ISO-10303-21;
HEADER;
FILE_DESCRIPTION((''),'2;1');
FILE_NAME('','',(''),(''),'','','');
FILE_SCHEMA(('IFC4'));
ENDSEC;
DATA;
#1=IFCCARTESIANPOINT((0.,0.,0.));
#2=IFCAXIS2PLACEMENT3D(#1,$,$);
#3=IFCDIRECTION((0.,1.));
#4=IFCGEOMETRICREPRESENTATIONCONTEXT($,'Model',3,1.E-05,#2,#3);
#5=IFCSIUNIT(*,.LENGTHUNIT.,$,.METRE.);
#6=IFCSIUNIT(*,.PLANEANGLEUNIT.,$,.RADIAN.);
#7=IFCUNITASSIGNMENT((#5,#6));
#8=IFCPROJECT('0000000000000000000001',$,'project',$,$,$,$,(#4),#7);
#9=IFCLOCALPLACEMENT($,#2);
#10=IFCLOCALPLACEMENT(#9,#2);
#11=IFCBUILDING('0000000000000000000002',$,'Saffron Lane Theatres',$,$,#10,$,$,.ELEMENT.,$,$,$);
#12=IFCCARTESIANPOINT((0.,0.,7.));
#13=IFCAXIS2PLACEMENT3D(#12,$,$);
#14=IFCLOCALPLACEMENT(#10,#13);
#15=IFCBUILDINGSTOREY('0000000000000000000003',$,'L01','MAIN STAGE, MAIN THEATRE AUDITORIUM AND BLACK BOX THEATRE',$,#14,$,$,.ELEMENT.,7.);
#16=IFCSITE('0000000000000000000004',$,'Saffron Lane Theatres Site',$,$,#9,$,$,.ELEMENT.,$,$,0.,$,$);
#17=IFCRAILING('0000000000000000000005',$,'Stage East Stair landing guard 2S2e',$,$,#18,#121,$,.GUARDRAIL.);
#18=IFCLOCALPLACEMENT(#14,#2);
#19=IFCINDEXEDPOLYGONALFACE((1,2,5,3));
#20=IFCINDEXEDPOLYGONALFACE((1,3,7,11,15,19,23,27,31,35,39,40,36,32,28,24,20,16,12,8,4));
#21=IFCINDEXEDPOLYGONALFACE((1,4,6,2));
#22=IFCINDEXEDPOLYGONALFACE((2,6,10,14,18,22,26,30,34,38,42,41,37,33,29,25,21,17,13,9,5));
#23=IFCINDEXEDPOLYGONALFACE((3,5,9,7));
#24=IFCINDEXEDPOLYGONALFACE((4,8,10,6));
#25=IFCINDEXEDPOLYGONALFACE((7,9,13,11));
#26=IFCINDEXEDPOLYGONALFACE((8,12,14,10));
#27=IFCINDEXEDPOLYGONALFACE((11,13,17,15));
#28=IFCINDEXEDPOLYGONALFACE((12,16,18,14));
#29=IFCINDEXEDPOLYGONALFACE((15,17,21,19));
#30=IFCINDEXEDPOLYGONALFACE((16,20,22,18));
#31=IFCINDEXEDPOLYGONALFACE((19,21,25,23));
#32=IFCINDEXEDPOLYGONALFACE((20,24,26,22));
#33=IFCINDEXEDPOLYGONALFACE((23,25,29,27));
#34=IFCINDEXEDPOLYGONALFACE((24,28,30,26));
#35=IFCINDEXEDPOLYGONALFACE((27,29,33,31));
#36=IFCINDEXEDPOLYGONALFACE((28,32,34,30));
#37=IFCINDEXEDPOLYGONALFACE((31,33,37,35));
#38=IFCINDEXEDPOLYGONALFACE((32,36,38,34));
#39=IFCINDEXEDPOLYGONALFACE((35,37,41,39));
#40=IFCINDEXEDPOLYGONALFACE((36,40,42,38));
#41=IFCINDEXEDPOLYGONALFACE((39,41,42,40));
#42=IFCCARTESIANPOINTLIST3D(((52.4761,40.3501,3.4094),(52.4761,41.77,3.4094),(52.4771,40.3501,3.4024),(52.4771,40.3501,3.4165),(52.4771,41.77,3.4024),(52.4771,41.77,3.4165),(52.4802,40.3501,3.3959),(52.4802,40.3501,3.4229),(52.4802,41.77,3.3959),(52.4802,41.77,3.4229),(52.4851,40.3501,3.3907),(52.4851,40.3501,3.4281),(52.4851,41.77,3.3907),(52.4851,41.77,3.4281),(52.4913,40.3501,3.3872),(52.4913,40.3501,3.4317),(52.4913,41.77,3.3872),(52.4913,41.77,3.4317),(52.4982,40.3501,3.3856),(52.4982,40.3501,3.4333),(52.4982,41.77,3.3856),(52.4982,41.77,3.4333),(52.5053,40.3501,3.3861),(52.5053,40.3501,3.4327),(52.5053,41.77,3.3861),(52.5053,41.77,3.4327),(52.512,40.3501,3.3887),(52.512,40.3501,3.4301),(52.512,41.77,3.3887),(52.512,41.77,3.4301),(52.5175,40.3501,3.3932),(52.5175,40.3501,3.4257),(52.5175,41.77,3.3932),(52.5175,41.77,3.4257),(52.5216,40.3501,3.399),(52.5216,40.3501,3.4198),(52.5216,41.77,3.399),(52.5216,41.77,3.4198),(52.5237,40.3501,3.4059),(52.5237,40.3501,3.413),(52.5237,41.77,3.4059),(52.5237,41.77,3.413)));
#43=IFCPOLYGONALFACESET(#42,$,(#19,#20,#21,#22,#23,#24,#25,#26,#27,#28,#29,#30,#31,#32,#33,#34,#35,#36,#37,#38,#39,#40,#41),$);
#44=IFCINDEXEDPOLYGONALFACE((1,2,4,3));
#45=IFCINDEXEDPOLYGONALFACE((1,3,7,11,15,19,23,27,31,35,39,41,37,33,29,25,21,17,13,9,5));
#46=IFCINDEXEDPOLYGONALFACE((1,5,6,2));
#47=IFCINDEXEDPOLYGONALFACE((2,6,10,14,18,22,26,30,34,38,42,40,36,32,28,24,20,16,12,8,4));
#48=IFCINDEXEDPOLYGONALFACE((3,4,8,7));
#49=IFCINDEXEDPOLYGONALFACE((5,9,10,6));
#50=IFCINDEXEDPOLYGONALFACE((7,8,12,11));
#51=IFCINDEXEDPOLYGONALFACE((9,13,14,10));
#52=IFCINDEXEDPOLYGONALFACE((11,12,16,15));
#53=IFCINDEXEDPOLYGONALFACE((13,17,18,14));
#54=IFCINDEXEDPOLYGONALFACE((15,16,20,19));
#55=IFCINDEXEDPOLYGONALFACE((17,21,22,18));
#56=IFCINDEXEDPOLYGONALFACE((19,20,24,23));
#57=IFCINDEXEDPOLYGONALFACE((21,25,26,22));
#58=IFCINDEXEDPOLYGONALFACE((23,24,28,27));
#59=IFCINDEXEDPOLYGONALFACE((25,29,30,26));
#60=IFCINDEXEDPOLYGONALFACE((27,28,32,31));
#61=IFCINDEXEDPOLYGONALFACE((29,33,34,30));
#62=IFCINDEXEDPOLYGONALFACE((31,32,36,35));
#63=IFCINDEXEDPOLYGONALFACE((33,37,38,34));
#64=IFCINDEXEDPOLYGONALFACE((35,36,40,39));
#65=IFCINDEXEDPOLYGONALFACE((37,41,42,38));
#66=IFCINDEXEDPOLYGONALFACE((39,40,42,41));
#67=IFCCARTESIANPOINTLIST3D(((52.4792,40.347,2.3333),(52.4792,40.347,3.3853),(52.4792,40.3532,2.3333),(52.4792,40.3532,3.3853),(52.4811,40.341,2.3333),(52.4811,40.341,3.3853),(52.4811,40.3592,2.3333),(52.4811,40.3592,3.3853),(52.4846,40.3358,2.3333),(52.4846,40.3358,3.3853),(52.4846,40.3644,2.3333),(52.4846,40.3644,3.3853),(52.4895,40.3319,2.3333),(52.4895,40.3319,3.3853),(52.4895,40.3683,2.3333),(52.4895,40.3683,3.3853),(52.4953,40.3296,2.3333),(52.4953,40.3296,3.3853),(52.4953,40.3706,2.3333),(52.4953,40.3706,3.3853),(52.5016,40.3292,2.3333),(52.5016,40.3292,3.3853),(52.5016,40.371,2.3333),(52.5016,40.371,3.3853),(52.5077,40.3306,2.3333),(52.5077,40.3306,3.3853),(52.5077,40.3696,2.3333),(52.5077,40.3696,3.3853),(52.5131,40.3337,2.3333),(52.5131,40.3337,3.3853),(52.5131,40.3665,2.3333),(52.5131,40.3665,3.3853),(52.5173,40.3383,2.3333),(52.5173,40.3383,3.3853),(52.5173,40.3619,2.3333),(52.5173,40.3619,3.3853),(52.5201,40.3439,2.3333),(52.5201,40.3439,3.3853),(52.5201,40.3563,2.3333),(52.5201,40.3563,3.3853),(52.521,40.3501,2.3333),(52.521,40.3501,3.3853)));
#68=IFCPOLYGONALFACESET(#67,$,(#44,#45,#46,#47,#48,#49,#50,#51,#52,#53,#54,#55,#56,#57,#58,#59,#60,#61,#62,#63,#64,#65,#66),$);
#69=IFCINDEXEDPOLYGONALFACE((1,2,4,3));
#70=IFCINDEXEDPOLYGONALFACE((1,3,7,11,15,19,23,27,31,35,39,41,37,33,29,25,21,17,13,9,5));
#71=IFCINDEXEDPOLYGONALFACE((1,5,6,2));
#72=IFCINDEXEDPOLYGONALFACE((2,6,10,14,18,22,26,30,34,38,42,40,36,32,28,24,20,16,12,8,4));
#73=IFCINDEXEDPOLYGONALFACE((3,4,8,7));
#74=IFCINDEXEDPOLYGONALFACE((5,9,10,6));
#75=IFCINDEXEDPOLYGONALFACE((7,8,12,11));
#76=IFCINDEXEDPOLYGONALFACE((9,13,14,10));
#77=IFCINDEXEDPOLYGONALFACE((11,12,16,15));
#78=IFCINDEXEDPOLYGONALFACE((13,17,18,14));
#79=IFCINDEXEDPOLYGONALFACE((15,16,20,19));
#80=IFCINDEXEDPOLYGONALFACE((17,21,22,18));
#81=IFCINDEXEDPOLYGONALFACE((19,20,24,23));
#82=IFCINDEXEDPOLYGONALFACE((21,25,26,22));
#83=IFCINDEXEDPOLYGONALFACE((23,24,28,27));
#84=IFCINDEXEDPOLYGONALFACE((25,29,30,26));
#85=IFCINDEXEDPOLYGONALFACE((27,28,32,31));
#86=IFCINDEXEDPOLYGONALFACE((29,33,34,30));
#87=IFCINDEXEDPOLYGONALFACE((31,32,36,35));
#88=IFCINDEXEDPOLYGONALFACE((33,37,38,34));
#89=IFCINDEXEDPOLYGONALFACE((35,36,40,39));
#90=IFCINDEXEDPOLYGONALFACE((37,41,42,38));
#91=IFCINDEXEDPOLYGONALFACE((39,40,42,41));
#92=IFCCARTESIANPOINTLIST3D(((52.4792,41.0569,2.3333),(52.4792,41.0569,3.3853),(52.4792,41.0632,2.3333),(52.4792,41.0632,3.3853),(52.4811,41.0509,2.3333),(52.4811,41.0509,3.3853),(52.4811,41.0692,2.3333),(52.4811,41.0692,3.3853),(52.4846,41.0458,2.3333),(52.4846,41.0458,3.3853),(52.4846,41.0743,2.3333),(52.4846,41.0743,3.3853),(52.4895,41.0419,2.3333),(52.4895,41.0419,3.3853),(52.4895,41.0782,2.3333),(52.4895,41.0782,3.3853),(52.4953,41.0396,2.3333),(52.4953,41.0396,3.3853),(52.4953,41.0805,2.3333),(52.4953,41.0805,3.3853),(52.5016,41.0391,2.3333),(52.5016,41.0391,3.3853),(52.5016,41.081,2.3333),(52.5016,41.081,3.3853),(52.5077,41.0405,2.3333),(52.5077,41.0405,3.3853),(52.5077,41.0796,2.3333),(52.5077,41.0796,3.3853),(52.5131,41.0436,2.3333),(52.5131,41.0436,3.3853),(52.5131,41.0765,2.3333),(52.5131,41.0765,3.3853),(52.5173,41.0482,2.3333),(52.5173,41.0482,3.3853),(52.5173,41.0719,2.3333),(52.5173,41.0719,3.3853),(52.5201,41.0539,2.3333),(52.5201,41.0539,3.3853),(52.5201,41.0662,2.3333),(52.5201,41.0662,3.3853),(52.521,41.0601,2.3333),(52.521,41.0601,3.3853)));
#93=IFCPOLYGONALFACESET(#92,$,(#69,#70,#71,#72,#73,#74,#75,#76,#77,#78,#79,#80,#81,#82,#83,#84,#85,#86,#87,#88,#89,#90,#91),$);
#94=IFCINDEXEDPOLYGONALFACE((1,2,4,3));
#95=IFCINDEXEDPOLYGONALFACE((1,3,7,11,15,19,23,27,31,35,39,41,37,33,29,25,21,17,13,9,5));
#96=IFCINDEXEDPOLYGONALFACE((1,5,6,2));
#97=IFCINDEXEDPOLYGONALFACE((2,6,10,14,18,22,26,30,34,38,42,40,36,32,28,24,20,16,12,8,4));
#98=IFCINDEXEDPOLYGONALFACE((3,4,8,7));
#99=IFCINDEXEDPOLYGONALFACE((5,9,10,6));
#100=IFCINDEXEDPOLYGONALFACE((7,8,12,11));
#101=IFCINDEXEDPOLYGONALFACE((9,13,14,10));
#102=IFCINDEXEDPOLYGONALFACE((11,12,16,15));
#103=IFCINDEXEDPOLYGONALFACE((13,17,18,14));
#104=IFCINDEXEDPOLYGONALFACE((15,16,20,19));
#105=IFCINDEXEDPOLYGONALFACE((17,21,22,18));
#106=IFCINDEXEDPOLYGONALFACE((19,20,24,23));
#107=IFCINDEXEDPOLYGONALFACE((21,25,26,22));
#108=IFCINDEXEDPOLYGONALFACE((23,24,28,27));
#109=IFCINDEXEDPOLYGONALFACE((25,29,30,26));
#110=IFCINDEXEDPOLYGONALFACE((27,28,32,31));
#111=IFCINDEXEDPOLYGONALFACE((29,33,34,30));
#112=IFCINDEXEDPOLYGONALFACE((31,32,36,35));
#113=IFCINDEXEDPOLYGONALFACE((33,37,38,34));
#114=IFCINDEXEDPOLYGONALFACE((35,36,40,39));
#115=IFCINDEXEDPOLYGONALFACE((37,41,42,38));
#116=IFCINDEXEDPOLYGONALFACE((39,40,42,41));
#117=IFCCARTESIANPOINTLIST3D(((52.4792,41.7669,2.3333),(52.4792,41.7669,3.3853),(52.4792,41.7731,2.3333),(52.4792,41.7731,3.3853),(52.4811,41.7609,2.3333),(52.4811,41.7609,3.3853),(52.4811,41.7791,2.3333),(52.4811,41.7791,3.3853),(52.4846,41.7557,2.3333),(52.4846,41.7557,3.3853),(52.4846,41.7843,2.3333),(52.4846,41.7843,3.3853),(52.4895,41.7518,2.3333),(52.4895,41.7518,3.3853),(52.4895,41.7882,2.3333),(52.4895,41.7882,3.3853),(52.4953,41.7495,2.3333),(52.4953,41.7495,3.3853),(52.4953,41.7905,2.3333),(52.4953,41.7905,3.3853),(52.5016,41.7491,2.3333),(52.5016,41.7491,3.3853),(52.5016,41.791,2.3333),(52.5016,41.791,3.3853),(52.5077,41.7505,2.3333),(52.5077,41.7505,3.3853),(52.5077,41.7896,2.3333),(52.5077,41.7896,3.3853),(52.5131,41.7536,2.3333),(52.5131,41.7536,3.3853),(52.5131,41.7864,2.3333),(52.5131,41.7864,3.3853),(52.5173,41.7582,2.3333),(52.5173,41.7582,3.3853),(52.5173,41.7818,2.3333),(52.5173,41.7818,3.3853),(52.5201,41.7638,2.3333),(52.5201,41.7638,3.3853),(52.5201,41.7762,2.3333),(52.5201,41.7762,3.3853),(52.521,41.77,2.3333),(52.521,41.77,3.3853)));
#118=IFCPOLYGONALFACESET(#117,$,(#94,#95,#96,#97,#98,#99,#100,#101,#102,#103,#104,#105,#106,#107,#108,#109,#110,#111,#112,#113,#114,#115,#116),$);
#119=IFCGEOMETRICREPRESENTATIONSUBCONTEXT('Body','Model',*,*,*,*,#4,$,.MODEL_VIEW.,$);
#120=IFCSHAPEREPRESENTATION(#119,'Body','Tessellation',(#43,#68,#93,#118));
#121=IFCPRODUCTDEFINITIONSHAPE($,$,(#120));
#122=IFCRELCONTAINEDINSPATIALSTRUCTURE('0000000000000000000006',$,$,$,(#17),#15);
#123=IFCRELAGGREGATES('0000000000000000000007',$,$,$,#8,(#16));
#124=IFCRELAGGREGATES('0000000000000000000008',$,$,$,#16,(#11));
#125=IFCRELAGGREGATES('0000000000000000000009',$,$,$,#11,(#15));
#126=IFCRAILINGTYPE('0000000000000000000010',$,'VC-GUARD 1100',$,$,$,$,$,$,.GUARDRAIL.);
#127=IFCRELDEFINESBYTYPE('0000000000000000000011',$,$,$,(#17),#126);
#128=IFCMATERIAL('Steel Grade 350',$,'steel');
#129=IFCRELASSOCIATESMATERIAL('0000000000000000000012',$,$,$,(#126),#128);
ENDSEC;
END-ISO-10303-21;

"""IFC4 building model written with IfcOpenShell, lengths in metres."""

from ifc_helpers import new_model, si_unit, direction, frame, origin, origin_2d, place, context, subcontext, project, spatial, circle, extrude, material, type_object, element, save


model = new_model("IFC4")

# Units and contexts
model_context = context("Model", 3, precision=1e-05, world=origin(), true_north=direction((0.0, 1.0)))
body_context = subcontext(model_context, "Body", "Model", "MODEL_VIEW")
ifc_project = project(units=[si_unit("LENGTHUNIT", "METRE"), si_unit("PLANEANGLEUNIT", "RADIAN")], contexts=[model_context])

# Site, building, storey
site_placement = place(None, origin())
site = spatial("IfcSite", under=ifc_project, at=site_placement, Name="Saffron Lane Theatres Site", CompositionType="ELEMENT", RefElevation=0.0)
building_placement = place(site_placement, origin())
building = spatial("IfcBuilding", under=site, at=building_placement, Name="Saffron Lane Theatres", CompositionType="ELEMENT")
storey_placement = place(building_placement, frame((0.0, 0.0, 7.0)))
storey = spatial("IfcBuildingStorey", under=building, at=storey_placement, Name="L01", Description="MAIN STAGE, MAIN THEATRE AUDITORIUM AND BLACK BOX THEATRE", CompositionType="ELEMENT", Elevation=7.0)

# Railing
ifc_material_1 = material(Name="Steel Grade 350", Category="steel")
railing_type_1 = type_object("IfcRailingType", Name="VC-GUARD 1100", PredefinedType="GUARDRAIL", material=ifc_material_1)
railing_1_placement = place(storey_placement, frame((52.5, 40.3501, 2.3333)))
element("IfcRailing", 1, at=railing_1_placement, inside=storey, type_object=railing_type_1, Name="Stage East Stair landing guard 2S2e", PredefinedType="GUARDRAIL", context=body_context, shape_type="SweptSolid", body=[
    extrude(circle(Radius=0.0239, at=origin_2d()), frame((0.0, 0.0, 1.0762), z_axis=(0.0, 1.0, 0.0), x_axis=(-1.0, 0.0, 0.0)), (0.0, 0.0, 1.0), 1.4199),
    extrude(circle(Radius=0.021, at=origin_2d()), origin(), (0.0, 0.0, 1.0), 1.052),
    extrude(circle(Radius=0.021, at=origin_2d()), frame((0.0, 0.71, 0.0)), (0.0, 0.0, 1.0), 1.052),
    extrude(circle(Radius=0.021, at=origin_2d()), frame((0.0, 1.4199, 0.0)), (0.0, 0.0, 1.0), 1.052),
])

save(model, "model.ifc")
